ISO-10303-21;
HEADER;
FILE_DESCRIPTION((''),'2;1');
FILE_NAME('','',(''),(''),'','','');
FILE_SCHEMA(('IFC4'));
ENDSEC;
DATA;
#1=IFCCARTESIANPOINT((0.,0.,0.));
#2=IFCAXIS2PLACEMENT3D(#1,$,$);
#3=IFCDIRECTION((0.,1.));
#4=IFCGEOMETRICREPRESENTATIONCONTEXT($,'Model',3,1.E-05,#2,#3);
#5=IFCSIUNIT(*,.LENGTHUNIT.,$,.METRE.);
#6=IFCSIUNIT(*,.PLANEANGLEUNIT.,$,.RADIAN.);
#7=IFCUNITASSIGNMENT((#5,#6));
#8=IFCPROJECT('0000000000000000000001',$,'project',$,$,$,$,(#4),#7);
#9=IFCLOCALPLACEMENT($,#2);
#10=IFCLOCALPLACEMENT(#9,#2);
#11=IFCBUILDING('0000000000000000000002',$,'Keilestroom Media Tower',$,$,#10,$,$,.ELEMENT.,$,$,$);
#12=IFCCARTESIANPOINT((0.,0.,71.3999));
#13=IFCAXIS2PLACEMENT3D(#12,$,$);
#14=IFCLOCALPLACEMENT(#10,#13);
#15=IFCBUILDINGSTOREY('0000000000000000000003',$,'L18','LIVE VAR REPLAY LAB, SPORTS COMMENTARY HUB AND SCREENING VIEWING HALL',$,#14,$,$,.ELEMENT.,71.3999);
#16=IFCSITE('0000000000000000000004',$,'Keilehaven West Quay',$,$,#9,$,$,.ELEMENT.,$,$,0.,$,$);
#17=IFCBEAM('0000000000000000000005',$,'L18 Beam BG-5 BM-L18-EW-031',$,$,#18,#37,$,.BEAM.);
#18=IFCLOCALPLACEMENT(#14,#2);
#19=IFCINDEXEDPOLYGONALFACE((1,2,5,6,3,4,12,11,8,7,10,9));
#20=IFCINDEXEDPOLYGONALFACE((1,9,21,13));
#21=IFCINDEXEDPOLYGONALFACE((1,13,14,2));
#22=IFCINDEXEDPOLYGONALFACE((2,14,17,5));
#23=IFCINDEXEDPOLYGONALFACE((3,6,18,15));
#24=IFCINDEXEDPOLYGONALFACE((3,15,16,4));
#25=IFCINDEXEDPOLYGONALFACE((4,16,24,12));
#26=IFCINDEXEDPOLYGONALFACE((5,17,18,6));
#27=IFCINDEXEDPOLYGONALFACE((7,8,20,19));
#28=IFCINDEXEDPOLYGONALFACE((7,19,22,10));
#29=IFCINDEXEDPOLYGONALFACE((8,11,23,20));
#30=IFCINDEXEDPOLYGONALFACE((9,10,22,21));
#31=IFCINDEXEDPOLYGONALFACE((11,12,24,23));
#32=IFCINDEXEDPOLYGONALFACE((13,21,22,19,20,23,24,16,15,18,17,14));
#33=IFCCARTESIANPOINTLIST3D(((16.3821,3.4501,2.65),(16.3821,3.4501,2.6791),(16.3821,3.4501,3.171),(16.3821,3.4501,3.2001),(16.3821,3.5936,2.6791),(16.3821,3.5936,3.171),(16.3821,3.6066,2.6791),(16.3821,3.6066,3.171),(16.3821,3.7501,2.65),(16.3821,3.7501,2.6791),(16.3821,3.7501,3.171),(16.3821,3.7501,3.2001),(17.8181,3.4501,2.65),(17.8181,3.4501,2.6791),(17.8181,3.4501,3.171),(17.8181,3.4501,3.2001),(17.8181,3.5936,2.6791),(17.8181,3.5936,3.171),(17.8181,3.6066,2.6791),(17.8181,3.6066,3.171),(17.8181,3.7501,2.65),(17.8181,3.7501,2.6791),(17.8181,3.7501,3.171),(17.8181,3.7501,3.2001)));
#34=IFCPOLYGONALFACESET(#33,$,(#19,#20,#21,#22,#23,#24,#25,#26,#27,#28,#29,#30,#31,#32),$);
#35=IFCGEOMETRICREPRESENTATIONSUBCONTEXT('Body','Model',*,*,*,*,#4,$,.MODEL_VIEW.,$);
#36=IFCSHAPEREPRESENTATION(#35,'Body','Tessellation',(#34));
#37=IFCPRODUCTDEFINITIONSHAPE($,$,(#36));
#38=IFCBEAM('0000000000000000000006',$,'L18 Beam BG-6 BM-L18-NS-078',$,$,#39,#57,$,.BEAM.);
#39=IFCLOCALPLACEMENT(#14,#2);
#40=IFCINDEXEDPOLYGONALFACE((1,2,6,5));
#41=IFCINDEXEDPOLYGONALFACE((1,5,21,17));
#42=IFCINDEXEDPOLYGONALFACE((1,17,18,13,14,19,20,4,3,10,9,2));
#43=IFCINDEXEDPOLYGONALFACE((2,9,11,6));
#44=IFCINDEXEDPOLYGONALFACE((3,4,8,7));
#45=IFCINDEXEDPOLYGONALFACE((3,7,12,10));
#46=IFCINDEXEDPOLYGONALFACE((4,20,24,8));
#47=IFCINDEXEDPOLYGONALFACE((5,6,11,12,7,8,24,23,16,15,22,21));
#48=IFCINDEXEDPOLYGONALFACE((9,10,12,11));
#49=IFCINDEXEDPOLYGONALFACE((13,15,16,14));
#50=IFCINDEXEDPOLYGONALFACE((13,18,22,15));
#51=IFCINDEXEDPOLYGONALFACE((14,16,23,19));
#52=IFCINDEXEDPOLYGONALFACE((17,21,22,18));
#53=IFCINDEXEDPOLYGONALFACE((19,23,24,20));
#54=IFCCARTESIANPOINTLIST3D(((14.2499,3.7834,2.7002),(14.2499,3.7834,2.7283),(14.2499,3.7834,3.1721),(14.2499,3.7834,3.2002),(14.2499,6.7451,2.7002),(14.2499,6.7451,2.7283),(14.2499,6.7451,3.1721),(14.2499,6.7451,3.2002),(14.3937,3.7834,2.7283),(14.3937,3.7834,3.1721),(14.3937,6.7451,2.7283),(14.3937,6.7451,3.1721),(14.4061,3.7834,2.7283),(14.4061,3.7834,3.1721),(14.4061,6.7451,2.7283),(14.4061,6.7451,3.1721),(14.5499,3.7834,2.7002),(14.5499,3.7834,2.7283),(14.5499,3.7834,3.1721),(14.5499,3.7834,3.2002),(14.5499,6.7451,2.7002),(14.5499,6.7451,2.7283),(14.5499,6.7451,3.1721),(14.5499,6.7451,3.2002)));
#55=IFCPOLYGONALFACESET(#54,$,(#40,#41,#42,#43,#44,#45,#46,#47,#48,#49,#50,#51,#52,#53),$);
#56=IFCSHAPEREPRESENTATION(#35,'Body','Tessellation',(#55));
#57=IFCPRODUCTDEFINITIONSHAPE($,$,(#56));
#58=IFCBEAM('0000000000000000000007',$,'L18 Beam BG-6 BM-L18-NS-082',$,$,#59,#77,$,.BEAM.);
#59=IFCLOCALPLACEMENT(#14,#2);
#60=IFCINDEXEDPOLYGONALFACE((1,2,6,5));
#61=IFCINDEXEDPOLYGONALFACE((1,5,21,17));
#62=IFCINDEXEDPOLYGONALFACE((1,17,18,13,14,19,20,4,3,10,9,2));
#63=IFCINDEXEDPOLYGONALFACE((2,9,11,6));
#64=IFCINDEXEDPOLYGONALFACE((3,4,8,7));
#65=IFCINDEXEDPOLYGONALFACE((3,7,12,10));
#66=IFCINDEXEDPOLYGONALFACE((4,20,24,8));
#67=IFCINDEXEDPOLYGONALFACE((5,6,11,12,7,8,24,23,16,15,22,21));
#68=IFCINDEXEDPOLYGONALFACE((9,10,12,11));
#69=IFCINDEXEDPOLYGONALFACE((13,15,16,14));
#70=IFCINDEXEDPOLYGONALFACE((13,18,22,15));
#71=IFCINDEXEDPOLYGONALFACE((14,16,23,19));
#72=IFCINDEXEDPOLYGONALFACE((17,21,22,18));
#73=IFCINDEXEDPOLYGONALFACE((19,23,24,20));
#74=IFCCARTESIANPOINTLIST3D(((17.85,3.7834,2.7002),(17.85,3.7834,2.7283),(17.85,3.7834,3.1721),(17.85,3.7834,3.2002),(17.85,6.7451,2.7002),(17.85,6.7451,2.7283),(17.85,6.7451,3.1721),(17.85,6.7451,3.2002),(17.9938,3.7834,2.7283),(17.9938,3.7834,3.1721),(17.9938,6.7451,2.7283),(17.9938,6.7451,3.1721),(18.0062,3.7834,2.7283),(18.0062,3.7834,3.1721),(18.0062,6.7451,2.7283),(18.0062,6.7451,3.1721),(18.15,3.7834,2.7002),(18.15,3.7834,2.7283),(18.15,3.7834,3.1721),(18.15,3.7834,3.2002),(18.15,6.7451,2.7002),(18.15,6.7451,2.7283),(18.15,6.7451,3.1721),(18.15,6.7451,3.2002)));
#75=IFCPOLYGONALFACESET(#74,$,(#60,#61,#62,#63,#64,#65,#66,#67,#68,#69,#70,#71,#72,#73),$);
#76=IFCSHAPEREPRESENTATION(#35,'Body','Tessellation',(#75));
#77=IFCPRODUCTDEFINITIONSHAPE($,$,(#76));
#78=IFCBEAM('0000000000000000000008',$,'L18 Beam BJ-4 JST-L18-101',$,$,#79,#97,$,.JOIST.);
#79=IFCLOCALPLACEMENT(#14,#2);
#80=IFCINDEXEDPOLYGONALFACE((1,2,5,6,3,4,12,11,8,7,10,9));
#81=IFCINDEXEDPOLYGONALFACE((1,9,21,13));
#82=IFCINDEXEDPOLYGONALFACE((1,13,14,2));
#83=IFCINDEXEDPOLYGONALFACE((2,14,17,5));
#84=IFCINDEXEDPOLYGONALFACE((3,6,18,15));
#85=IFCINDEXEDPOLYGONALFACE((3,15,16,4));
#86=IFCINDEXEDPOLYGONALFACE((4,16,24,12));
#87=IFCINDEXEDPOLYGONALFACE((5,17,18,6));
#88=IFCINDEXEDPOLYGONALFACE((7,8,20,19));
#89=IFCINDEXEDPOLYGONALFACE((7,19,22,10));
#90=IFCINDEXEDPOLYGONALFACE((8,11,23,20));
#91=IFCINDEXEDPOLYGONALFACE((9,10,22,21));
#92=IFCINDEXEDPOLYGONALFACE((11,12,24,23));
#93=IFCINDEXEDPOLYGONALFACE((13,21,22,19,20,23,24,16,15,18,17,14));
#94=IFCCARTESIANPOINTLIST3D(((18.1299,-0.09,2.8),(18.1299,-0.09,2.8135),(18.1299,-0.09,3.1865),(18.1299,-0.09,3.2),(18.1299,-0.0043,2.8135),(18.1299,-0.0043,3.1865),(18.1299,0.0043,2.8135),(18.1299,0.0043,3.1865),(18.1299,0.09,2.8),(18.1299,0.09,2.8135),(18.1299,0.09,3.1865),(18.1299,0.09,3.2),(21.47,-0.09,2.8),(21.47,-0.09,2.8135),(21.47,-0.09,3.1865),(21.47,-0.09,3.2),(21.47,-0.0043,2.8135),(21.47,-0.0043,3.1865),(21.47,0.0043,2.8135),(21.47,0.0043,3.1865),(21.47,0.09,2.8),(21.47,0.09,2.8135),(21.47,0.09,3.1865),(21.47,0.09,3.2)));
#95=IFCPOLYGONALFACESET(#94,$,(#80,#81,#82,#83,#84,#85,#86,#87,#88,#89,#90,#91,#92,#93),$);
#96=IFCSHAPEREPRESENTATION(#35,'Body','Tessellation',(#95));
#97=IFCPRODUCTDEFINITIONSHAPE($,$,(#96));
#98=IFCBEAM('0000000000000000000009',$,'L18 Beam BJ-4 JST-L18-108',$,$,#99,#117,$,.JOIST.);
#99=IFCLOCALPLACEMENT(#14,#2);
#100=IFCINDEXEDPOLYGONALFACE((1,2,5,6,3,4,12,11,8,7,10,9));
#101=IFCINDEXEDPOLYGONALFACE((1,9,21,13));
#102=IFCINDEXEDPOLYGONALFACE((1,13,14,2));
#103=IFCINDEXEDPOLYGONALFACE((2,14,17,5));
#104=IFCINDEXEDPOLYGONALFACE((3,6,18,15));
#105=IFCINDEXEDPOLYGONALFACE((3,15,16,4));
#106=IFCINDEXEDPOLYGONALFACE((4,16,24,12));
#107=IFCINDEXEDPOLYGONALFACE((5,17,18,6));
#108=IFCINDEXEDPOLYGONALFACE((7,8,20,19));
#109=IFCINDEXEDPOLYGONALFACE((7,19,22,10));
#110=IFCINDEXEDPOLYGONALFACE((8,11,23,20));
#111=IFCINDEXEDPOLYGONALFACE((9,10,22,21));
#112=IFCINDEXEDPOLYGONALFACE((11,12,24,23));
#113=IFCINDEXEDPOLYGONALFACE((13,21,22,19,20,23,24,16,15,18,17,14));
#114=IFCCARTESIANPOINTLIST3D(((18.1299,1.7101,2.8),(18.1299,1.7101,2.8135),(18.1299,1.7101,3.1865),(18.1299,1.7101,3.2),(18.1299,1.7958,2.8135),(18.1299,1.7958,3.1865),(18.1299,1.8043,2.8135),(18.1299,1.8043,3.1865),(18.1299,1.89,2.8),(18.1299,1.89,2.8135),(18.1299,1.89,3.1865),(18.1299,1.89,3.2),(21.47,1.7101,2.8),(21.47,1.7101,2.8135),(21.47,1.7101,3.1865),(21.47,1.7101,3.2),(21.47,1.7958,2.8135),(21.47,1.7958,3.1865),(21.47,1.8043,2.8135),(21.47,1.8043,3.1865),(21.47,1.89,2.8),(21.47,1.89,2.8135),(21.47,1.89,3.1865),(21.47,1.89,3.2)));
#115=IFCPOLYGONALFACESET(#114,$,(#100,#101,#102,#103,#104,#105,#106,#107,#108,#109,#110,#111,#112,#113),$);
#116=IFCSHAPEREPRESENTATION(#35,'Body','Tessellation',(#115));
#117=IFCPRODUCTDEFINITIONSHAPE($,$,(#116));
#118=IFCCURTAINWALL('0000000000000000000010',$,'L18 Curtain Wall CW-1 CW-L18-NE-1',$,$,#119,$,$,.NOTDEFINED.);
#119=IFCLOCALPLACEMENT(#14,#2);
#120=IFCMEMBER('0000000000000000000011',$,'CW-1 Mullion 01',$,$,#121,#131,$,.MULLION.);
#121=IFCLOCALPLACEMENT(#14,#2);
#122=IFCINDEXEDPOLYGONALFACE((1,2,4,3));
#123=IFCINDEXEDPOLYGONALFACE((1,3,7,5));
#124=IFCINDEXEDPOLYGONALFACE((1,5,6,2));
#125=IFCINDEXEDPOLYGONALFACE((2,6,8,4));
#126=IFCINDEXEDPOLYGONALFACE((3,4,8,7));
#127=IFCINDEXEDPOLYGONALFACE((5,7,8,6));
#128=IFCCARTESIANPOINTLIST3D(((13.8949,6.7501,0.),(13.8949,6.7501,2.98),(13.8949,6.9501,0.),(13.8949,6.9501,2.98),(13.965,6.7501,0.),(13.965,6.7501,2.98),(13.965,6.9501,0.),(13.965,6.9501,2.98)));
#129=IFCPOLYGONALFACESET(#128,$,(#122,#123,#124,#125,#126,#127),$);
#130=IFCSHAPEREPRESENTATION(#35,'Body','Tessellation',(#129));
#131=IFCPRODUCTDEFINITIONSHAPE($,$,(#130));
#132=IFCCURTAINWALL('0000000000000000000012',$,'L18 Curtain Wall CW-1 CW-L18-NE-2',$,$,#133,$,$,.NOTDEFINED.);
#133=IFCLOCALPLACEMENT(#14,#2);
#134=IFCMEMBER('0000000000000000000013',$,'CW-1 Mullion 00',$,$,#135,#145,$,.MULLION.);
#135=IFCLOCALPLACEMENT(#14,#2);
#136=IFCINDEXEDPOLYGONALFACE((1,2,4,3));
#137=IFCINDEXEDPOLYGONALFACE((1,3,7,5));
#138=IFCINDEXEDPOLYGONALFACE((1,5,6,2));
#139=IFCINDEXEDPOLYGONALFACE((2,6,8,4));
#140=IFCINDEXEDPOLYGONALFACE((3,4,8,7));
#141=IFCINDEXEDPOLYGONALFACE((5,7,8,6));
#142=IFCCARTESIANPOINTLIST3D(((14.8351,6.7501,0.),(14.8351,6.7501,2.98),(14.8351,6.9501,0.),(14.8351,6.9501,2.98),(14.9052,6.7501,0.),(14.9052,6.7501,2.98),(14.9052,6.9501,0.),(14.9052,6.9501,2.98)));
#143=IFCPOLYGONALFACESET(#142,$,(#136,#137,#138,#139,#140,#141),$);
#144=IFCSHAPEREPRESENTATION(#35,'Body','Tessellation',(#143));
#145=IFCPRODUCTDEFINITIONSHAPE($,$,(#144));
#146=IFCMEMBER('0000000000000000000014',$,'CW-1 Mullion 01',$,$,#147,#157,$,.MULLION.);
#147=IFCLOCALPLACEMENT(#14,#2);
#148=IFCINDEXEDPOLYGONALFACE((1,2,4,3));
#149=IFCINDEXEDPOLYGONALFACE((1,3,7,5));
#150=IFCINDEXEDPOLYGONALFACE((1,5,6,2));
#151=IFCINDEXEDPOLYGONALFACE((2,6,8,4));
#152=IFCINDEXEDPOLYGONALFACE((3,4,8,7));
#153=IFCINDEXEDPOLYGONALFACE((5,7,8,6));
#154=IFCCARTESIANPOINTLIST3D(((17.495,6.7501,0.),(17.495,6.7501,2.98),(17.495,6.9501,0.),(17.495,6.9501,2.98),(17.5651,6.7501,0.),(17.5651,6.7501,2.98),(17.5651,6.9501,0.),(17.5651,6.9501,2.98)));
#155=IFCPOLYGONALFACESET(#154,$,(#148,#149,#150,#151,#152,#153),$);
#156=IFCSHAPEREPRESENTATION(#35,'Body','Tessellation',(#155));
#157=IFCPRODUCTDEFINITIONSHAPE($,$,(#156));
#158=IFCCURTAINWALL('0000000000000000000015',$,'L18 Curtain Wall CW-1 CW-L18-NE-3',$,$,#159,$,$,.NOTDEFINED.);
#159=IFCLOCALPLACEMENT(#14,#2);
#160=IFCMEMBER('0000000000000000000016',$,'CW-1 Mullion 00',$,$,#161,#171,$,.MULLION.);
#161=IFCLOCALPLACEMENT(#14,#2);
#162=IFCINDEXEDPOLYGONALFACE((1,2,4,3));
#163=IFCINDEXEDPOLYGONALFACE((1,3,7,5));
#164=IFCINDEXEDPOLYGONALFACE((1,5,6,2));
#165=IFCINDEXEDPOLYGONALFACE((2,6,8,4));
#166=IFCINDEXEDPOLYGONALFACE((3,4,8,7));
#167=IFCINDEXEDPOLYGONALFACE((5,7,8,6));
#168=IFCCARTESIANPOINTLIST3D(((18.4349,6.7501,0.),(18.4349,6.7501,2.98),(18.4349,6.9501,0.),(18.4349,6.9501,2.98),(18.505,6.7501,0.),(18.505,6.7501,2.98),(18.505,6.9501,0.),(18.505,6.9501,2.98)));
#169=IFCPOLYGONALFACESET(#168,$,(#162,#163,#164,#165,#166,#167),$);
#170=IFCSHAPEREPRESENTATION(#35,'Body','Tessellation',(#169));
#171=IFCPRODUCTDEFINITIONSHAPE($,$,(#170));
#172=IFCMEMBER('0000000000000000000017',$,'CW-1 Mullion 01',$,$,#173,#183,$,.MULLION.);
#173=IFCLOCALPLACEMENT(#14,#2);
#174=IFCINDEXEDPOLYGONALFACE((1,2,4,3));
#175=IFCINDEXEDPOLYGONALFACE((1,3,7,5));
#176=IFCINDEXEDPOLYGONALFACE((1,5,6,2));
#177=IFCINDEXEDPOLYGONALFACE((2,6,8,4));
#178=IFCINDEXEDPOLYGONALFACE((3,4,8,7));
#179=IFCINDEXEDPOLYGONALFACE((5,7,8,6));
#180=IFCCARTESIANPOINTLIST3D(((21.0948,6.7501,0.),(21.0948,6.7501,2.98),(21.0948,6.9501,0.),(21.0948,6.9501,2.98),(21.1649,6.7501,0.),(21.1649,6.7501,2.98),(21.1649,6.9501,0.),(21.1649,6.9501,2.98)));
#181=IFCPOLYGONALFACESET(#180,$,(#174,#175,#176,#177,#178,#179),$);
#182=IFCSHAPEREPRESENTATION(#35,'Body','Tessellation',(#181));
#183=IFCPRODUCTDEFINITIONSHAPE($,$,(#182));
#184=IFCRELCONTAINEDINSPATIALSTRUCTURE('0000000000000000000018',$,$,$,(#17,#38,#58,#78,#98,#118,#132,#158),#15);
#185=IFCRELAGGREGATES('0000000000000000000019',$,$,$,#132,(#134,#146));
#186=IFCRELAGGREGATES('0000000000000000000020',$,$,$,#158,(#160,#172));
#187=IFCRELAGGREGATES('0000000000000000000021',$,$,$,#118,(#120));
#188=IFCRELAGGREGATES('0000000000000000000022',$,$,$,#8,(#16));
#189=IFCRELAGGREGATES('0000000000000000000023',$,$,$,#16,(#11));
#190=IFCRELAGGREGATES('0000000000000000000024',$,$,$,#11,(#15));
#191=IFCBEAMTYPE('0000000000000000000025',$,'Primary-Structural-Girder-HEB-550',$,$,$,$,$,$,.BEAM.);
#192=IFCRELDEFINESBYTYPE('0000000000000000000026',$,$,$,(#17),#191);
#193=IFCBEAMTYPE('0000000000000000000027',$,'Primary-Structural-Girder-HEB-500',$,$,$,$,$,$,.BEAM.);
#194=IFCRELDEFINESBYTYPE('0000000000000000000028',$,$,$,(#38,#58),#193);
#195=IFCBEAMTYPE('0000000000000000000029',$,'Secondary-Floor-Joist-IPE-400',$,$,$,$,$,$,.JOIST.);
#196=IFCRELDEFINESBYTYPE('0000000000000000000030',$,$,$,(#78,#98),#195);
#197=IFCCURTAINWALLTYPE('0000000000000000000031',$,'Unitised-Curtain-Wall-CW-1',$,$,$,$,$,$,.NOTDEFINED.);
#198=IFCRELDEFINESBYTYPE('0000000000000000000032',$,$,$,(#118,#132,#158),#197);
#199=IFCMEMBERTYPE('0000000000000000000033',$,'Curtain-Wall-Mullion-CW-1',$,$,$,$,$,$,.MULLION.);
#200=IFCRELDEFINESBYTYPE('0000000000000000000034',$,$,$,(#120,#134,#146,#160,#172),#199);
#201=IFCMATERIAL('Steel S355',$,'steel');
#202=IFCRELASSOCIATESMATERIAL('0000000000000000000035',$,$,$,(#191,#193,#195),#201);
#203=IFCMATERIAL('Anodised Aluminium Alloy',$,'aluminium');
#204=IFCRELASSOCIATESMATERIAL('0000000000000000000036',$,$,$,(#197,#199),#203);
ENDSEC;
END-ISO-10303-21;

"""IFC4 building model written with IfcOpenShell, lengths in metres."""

from ifc_helpers import new_model, si_unit, direction, frame, origin, origin_2d, place, context, subcontext, project, spatial, rectangle, i_section, extrude, source, transform, mapped, material, material_profile, profile_set, type_object, element, aggregate, save


model = new_model("IFC4")

# Units and contexts
model_context = context("Model", 3, precision=1e-05, world=origin(), true_north=direction((0.0, 1.0)))
body_context = subcontext(model_context, "Body", "Model", "MODEL_VIEW")
ifc_project = project(units=[si_unit("LENGTHUNIT", "METRE"), si_unit("PLANEANGLEUNIT", "RADIAN")], contexts=[model_context])

# Site, building, storey
site_placement = place(None, origin())
site = spatial("IfcSite", under=ifc_project, at=site_placement, Name="Keilehaven West Quay", CompositionType="ELEMENT", RefElevation=0.0)
building_placement = place(site_placement, origin())
building = spatial("IfcBuilding", under=site, at=building_placement, Name="Keilestroom Media Tower", CompositionType="ELEMENT")
storey_placement = place(building_placement, frame((0.0, 0.0, 71.3999)))
storey = spatial("IfcBuildingStorey", under=building, at=storey_placement, Name="L18", Description="LIVE VAR REPLAY LAB, SPORTS COMMENTARY HUB AND SCREENING VIEWING HALL", CompositionType="ELEMENT", Elevation=71.3999)

# Beams
ifc_material_1 = material(Name="Steel S355", Category="steel")
ifc_material_profile_1 = material_profile(ifc_material_1, i_section(OverallWidth=0.3, OverallDepth=0.55, WebThickness=0.0129, FlangeThickness=0.0291, at=origin_2d()), Name="HEB 550")
ifc_profile_set_1 = profile_set([ifc_material_profile_1], Name="Steel S355")
beam_type_1 = type_object("IfcBeamType", Name="Primary-Structural-Girder-HEB-550", PredefinedType="BEAM", material=ifc_profile_set_1)
shared_shape_1 = source(origin(), body_context, "Body", "SweptSolid", [
    extrude(i_section(OverallWidth=0.3, OverallDepth=0.55, WebThickness=0.0129, FlangeThickness=0.0291, at=origin_2d()), origin(), (0.0, 0.0, 1.0), 1.436),
])
for number, where, z_axis, x_axis, name in (
    (1, (16.3821, 3.6001, 2.925), (1.0, 0.0, 0.0), (0.0, 1.0, 0.0), "L18 Beam BG-5 BM-L18-EW-031"),
):
    element("IfcBeam", number, at=place(storey_placement, frame(where, z_axis=z_axis, x_axis=x_axis)), inside=storey, type_object=beam_type_1, Name=name, PredefinedType="BEAM", context=body_context, shape_type="MappedRepresentation", body=[
        mapped(shared_shape_1, transform((0.0, 0.0, 0.0), x_axis=(1.0, 0.0, 0.0), y_axis=(0.0, 1.0, 0.0), z_axis=(0.0, 0.0, 1.0), scale=1.0)),
    ])
ifc_material_profile_2 = material_profile(ifc_material_1, i_section(OverallWidth=0.3, OverallDepth=0.5, WebThickness=0.0125, FlangeThickness=0.0281, at=origin_2d()), Name="HEB 500")
ifc_profile_set_2 = profile_set([ifc_material_profile_2], Name="Steel S355")
beam_type_2 = type_object("IfcBeamType", Name="Primary-Structural-Girder-HEB-500", PredefinedType="BEAM", material=ifc_profile_set_2)
shared_shape_2 = source(origin(), body_context, "Body", "SweptSolid", [
    extrude(i_section(OverallWidth=0.3, OverallDepth=0.5, WebThickness=0.0125, FlangeThickness=0.0281, at=origin_2d()), origin(), (0.0, 0.0, 1.0), 2.9617),
])
for number, where, z_axis, x_axis, name in (
    (2, (14.3999, 3.7834, 2.9502), (0.0, 1.0, 0.0), (-1.0, 0.0, 0.0), "L18 Beam BG-6 BM-L18-NS-078"),
    (3, (18.0, 3.7834, 2.9502), (0.0, 1.0, 0.0), (-1.0, 0.0, 0.0), "L18 Beam BG-6 BM-L18-NS-082"),
):
    element("IfcBeam", number, at=place(storey_placement, frame(where, z_axis=z_axis, x_axis=x_axis)), inside=storey, type_object=beam_type_2, Name=name, PredefinedType="BEAM", context=body_context, shape_type="MappedRepresentation", body=[
        mapped(shared_shape_2, transform((0.0, 0.0, 0.0), x_axis=(1.0, 0.0, 0.0), y_axis=(0.0, 1.0, 0.0), z_axis=(0.0, 0.0, 1.0), scale=1.0)),
    ])
ifc_material_profile_3 = material_profile(ifc_material_1, i_section(OverallWidth=0.1799, OverallDepth=0.3999, WebThickness=0.0085, FlangeThickness=0.0134, at=origin_2d()), Name="IPE 400")
ifc_profile_set_3 = profile_set([ifc_material_profile_3], Name="Steel S355")
beam_type_3 = type_object("IfcBeamType", Name="Secondary-Floor-Joist-IPE-400", PredefinedType="JOIST", material=ifc_profile_set_3)
shared_shape_3 = source(origin(), body_context, "Body", "SweptSolid", [
    extrude(i_section(OverallWidth=0.1799, OverallDepth=0.3999, WebThickness=0.0085, FlangeThickness=0.0134, at=origin_2d()), origin(), (0.0, 0.0, 1.0), 3.3401),
])
for number, where, z_axis, x_axis, name in (
    (4, (18.1299, 0.0, 3.0), (1.0, 0.0, 0.0), (0.0, 1.0, 0.0), "L18 Beam BJ-4 JST-L18-101"),
    (5, (18.1299, 1.8, 3.0), (1.0, 0.0, 0.0), (0.0, 1.0, 0.0), "L18 Beam BJ-4 JST-L18-108"),
):
    element("IfcBeam", number, at=place(storey_placement, frame(where, z_axis=z_axis, x_axis=x_axis)), inside=storey, type_object=beam_type_3, Name=name, PredefinedType="JOIST", context=body_context, shape_type="MappedRepresentation", body=[
        mapped(shared_shape_3, transform((0.0, 0.0, 0.0), x_axis=(1.0, 0.0, 0.0), y_axis=(0.0, 1.0, 0.0), z_axis=(0.0, 0.0, 1.0), scale=1.0)),
    ])

# Curtain wall, member
ifc_material_2 = material(Name="Anodised Aluminium Alloy", Category="aluminium")
curtain_wall_type = type_object("IfcCurtainWallType", Name="Unitised-Curtain-Wall-CW-1", PredefinedType="NOTDEFINED", material=ifc_material_2)
curtain_wall_1_placement = place(storey_placement, origin())
curtain_wall_1 = element("IfcCurtainWall", 6, at=curtain_wall_1_placement, inside=storey, type_object=curtain_wall_type, Name="L18 Curtain Wall CW-1 CW-L18-NE-1", PredefinedType="NOTDEFINED")
ifc_material_profile_4 = material_profile(ifc_material_2, rectangle(XDim=0.0701, YDim=0.2, at=origin_2d()), Name="ALU MULLION 70x200")
ifc_profile_set_4 = profile_set([ifc_material_profile_4], Name="Anodised Aluminium Alloy")
member_type_1 = type_object("IfcMemberType", Name="Curtain-Wall-Mullion-CW-1", PredefinedType="MULLION", material=ifc_profile_set_4)
shared_shape_4 = source(origin(), body_context, "Body", "SweptSolid", [
    extrude(rectangle(XDim=0.0701, YDim=0.2, at=origin_2d()), origin(), (0.0, 0.0, 1.0), 2.98),
])
member_1_placement = place(storey_placement, frame((13.9299, 6.8501, 0.0), z_axis=(0.0, 0.0, 1.0), x_axis=(1.0, 0.0, 0.0)))
member_1 = element("IfcMember", 7, at=member_1_placement, type_object=member_type_1, Name="CW-1 Mullion 01", PredefinedType="MULLION", context=body_context, shape_type="MappedRepresentation", body=[
    mapped(shared_shape_4, transform((0.0, 0.0, 0.0), x_axis=(1.0, 0.0, 0.0), y_axis=(0.0, 1.0, 0.0), z_axis=(0.0, 0.0, 1.0), scale=1.0)),
])

# Curtain walls, members
curtain_wall_2_placement = place(storey_placement, origin())
curtain_wall_2 = element("IfcCurtainWall", 8, at=curtain_wall_2_placement, inside=storey, type_object=curtain_wall_type, Name="L18 Curtain Wall CW-1 CW-L18-NE-2", PredefinedType="NOTDEFINED")
member_2_placement = place(storey_placement, frame((14.8701, 6.8501, 0.0), z_axis=(0.0, 0.0, 1.0), x_axis=(1.0, 0.0, 0.0)))
member_2 = element("IfcMember", 9, at=member_2_placement, type_object=member_type_1, Name="CW-1 Mullion 00", PredefinedType="MULLION", context=body_context, shape_type="MappedRepresentation", body=[
    mapped(shared_shape_4, transform((0.0, 0.0, 0.0), x_axis=(1.0, 0.0, 0.0), y_axis=(0.0, 1.0, 0.0), z_axis=(0.0, 0.0, 1.0), scale=1.0)),
])
member_3_placement = place(storey_placement, frame((17.53, 6.8501, 0.0), z_axis=(0.0, 0.0, 1.0), x_axis=(1.0, 0.0, 0.0)))
member_3 = element("IfcMember", 10, at=member_3_placement, type_object=member_type_1, Name="CW-1 Mullion 01", PredefinedType="MULLION", context=body_context, shape_type="MappedRepresentation", body=[
    mapped(shared_shape_4, transform((0.0, 0.0, 0.0), x_axis=(1.0, 0.0, 0.0), y_axis=(0.0, 1.0, 0.0), z_axis=(0.0, 0.0, 1.0), scale=1.0)),
])
curtain_wall_3_placement = place(storey_placement, origin())
curtain_wall_3 = element("IfcCurtainWall", 11, at=curtain_wall_3_placement, inside=storey, type_object=curtain_wall_type, Name="L18 Curtain Wall CW-1 CW-L18-NE-3", PredefinedType="NOTDEFINED")
member_4_placement = place(storey_placement, frame((18.47, 6.8501, 0.0), z_axis=(0.0, 0.0, 1.0), x_axis=(1.0, 0.0, 0.0)))
member_4 = element("IfcMember", 12, at=member_4_placement, type_object=member_type_1, Name="CW-1 Mullion 00", PredefinedType="MULLION", context=body_context, shape_type="MappedRepresentation", body=[
    mapped(shared_shape_4, transform((0.0, 0.0, 0.0), x_axis=(1.0, 0.0, 0.0), y_axis=(0.0, 1.0, 0.0), z_axis=(0.0, 0.0, 1.0), scale=1.0)),
])
member_5_placement = place(storey_placement, frame((21.1299, 6.8501, 0.0), z_axis=(0.0, 0.0, 1.0), x_axis=(1.0, 0.0, 0.0)))
member_5 = element("IfcMember", 13, at=member_5_placement, type_object=member_type_1, Name="CW-1 Mullion 01", PredefinedType="MULLION", context=body_context, shape_type="MappedRepresentation", body=[
    mapped(shared_shape_4, transform((0.0, 0.0, 0.0), x_axis=(1.0, 0.0, 0.0), y_axis=(0.0, 1.0, 0.0), z_axis=(0.0, 0.0, 1.0), scale=1.0)),
])

aggregate(curtain_wall_2, [member_2, member_3])
aggregate(curtain_wall_3, [member_4, member_5])
aggregate(curtain_wall_1, [member_1])

save(model, "model.ifc")
